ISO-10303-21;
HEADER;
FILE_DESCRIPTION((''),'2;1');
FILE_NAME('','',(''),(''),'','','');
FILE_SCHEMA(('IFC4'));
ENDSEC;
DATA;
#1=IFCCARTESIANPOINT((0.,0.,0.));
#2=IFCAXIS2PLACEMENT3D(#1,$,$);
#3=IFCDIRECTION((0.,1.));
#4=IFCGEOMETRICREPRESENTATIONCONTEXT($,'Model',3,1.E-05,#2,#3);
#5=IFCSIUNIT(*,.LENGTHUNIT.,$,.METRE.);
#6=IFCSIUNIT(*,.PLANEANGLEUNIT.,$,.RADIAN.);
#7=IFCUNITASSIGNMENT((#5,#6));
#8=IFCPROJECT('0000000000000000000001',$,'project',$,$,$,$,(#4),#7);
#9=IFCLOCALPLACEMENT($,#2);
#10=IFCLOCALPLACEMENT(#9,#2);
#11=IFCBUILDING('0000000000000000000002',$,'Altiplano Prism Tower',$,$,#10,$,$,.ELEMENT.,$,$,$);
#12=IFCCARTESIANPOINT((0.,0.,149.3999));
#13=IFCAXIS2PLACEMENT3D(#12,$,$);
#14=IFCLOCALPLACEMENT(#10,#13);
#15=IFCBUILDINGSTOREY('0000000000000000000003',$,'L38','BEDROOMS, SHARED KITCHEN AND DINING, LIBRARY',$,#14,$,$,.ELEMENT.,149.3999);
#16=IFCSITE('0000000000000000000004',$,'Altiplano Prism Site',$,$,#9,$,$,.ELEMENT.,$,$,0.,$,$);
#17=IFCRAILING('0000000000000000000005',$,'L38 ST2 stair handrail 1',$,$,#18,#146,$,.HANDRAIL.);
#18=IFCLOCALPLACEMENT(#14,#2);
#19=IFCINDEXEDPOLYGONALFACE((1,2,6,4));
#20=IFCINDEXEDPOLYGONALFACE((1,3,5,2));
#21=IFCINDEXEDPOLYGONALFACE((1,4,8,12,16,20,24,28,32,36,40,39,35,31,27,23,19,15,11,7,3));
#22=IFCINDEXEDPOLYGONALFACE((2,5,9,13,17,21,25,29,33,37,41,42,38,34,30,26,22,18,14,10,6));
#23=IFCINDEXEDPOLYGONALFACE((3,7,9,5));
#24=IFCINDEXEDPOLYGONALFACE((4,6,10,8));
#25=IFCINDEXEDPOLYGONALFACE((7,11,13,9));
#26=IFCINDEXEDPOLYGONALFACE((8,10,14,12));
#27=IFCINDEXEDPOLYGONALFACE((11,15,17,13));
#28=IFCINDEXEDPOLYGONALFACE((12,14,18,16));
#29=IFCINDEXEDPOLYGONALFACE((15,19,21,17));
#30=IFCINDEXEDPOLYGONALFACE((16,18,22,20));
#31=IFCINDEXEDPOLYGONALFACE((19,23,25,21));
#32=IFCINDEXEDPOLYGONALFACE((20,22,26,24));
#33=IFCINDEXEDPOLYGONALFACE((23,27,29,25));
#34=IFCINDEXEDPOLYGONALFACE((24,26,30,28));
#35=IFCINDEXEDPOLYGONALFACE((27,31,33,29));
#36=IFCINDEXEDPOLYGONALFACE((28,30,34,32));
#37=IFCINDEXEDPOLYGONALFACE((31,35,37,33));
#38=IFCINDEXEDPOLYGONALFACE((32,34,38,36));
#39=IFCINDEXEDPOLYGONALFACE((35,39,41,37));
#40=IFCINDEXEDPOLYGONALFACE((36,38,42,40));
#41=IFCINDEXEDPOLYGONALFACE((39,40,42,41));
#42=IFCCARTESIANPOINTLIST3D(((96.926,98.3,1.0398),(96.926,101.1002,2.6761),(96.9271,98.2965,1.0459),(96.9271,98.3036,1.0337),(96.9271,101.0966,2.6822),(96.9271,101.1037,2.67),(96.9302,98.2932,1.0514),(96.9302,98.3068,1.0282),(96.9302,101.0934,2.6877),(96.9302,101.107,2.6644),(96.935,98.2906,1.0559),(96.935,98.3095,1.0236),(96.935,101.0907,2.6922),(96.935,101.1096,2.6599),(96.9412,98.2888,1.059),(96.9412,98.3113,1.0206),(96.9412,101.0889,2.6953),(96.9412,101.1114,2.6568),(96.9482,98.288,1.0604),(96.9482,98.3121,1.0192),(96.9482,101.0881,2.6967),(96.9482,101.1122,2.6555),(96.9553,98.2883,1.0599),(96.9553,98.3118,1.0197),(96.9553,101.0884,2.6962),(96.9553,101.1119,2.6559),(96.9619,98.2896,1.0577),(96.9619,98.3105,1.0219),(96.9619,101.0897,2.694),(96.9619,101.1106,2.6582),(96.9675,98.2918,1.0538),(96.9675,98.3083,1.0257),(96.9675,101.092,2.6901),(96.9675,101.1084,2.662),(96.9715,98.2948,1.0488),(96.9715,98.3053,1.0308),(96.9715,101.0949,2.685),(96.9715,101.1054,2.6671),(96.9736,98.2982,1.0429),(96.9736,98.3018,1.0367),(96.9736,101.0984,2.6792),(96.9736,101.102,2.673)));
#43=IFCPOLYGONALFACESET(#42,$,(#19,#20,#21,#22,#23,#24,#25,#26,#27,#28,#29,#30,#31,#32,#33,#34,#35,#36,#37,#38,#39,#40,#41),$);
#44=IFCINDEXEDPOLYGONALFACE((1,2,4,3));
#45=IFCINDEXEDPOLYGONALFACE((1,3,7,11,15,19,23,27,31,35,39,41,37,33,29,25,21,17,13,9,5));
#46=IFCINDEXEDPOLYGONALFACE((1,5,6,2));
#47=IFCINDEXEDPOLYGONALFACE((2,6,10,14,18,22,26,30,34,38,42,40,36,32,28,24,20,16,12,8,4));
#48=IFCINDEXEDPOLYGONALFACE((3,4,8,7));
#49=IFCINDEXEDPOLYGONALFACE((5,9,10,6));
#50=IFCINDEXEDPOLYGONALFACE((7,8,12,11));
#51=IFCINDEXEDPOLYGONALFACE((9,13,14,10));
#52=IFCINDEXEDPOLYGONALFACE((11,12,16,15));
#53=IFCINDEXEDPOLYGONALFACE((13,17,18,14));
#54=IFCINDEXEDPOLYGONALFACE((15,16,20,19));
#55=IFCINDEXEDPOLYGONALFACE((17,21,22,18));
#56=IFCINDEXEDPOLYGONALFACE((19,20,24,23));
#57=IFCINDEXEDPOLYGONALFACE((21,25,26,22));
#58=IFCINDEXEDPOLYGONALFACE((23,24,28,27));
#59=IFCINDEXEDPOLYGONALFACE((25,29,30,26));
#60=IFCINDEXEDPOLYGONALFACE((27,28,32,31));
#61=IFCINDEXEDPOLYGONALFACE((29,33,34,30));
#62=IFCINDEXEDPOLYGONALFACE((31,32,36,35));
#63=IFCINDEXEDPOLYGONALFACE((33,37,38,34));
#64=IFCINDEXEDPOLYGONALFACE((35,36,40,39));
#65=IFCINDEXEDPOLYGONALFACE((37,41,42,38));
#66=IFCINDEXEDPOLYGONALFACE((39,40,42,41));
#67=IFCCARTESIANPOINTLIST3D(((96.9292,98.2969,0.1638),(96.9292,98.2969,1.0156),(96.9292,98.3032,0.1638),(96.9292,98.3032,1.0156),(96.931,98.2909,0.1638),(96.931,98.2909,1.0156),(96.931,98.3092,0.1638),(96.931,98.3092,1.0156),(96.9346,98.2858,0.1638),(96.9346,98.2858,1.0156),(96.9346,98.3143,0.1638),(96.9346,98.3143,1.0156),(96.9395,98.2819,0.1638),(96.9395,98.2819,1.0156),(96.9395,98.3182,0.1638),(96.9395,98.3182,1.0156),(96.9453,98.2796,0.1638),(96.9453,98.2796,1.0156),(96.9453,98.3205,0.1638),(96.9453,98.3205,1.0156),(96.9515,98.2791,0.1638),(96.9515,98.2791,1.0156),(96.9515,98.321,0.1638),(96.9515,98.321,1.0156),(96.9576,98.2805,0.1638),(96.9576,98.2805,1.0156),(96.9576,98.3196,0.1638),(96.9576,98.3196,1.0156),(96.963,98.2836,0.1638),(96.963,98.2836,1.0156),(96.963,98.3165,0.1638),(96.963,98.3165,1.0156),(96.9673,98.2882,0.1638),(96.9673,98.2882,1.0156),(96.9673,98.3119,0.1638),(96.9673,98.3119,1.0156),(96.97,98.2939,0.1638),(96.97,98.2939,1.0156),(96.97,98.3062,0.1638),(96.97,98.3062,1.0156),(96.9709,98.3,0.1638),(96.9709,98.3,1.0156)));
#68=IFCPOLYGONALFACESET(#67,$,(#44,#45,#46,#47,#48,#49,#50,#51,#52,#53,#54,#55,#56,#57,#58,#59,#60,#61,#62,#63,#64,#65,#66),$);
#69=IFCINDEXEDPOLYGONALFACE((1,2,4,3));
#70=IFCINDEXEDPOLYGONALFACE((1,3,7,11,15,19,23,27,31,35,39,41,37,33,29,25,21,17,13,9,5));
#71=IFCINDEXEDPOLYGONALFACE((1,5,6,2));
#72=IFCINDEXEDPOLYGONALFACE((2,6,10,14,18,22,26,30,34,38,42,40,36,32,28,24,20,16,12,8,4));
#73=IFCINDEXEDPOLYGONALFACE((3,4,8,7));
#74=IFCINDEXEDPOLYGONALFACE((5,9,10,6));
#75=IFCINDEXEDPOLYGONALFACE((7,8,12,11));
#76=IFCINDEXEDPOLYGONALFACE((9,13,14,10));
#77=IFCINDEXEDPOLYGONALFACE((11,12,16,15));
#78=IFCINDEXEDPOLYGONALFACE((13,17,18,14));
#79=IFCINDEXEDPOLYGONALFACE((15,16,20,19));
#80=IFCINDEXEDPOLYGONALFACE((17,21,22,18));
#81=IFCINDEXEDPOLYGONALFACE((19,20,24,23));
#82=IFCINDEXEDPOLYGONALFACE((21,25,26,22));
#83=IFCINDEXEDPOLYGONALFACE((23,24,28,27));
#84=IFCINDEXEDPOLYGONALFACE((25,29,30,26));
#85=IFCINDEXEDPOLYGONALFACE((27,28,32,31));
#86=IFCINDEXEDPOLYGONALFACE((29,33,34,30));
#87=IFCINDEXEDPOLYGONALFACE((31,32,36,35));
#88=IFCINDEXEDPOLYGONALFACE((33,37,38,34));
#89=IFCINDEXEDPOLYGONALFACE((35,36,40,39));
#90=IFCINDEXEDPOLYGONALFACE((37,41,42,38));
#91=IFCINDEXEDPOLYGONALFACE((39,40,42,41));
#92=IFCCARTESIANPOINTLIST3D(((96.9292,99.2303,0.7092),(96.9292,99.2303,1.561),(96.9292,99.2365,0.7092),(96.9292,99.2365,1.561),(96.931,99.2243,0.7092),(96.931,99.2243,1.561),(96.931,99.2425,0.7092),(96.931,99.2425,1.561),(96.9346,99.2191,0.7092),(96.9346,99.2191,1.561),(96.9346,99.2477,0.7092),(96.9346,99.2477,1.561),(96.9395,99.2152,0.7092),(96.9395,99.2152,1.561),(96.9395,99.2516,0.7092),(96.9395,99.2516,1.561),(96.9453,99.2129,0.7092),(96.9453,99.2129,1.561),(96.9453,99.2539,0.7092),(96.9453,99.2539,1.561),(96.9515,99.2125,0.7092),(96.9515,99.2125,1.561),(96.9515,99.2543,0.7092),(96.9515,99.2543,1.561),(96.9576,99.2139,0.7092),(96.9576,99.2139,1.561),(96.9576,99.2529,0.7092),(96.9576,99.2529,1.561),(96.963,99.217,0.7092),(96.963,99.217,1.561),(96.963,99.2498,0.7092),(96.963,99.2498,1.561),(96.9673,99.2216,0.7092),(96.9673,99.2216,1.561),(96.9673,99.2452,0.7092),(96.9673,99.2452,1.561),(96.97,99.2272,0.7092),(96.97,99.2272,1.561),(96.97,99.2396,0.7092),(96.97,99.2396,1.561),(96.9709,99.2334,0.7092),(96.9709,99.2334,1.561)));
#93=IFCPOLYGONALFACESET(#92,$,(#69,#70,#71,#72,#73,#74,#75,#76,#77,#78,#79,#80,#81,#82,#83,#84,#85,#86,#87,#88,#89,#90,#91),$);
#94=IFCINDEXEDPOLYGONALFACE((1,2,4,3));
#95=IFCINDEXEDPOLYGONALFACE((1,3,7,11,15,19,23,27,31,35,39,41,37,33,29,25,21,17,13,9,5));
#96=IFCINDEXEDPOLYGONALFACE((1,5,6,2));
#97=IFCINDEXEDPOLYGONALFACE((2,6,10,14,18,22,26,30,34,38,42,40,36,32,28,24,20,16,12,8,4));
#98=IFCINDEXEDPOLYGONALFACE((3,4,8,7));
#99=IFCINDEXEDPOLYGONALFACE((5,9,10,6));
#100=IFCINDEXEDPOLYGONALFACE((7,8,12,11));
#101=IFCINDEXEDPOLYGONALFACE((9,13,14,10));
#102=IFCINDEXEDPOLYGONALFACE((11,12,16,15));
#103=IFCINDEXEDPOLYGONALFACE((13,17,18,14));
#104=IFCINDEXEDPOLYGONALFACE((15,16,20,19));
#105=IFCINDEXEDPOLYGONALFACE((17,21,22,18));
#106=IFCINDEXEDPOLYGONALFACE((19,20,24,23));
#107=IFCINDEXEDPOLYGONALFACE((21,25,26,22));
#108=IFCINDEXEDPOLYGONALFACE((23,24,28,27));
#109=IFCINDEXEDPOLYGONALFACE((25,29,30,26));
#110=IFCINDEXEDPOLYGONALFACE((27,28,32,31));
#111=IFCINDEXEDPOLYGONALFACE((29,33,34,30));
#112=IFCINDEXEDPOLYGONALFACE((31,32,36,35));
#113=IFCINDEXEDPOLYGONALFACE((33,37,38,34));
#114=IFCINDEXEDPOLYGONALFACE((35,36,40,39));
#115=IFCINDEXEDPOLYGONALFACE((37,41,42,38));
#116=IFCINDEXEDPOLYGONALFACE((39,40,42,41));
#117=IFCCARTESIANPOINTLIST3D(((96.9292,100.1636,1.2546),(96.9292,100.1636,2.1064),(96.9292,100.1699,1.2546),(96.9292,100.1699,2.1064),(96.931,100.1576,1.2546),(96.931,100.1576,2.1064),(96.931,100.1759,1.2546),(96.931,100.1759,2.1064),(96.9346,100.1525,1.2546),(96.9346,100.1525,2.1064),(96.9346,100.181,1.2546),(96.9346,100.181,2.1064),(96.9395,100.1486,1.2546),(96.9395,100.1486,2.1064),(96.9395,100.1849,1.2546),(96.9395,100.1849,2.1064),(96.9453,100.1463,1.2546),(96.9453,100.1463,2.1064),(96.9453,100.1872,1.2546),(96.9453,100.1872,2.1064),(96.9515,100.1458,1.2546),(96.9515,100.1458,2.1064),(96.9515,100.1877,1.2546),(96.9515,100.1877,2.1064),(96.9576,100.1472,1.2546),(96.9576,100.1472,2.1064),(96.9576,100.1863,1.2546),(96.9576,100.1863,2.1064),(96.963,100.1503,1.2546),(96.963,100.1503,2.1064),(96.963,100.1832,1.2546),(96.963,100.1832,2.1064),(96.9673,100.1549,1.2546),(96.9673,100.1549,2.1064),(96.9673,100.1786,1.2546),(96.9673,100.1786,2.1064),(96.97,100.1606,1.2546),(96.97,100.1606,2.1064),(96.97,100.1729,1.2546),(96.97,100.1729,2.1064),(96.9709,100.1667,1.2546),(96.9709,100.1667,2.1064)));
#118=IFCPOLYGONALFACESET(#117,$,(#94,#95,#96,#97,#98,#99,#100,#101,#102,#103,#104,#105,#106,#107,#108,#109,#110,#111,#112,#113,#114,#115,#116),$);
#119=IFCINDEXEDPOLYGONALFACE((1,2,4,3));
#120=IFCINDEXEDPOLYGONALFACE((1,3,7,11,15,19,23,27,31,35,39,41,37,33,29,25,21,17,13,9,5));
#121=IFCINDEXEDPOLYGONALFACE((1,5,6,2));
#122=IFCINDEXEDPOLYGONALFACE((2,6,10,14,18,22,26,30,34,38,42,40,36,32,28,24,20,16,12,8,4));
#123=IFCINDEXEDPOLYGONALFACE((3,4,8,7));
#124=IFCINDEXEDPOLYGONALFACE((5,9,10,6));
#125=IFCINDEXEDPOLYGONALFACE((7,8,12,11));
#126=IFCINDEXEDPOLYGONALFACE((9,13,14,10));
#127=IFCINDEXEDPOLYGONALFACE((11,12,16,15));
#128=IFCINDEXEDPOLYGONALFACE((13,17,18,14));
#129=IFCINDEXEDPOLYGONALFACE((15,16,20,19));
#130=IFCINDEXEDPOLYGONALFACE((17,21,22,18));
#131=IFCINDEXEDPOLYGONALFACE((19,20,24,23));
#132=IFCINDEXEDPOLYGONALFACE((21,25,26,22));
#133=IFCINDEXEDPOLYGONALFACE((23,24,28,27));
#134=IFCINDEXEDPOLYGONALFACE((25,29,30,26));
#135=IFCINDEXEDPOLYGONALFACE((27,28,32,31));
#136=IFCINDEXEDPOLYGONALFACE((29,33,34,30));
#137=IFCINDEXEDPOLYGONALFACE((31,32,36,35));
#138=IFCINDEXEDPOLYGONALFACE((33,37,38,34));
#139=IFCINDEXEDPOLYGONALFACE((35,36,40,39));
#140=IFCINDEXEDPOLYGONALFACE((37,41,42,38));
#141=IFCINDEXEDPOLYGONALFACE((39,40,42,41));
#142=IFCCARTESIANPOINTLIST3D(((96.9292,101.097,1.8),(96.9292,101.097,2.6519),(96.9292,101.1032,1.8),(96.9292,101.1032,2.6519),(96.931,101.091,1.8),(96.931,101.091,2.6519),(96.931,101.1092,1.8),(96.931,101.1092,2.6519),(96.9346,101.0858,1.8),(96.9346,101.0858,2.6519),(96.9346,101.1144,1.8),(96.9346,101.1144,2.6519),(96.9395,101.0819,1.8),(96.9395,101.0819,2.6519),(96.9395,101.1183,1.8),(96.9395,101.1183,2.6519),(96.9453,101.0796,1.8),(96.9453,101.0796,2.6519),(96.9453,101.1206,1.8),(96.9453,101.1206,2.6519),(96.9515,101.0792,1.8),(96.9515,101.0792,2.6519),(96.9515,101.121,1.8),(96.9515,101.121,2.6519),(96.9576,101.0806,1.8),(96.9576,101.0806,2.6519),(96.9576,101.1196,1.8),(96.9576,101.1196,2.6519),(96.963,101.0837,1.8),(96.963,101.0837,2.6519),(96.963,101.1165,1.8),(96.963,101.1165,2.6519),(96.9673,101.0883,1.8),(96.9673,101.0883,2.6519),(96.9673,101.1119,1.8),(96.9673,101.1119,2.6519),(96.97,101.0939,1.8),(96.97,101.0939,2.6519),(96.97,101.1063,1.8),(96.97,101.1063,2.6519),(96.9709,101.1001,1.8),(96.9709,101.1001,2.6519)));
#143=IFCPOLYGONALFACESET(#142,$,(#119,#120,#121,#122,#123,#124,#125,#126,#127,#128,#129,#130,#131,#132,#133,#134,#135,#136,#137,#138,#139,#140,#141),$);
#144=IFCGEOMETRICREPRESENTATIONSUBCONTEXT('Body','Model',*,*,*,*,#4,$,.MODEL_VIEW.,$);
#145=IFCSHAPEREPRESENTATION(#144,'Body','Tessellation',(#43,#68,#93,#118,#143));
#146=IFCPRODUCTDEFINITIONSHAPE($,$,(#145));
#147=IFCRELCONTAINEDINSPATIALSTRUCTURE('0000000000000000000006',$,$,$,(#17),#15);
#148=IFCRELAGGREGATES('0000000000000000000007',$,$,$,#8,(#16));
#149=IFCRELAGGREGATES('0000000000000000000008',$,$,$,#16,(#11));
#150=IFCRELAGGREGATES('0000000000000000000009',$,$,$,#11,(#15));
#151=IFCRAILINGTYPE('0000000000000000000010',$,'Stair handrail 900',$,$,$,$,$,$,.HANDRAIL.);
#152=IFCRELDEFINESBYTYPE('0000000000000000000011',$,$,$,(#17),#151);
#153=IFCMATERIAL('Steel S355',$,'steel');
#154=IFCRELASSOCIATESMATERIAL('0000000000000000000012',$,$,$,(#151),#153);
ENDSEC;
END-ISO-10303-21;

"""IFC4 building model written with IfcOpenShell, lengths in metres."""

from ifc_helpers import new_model, si_unit, direction, frame, origin, origin_2d, place, context, subcontext, project, spatial, circle, extrude, material, type_object, element, save


model = new_model("IFC4")

# Units and contexts
model_context = context("Model", 3, precision=1e-05, world=origin(), true_north=direction((0.0, 1.0)))
body_context = subcontext(model_context, "Body", "Model", "MODEL_VIEW")
ifc_project = project(units=[si_unit("LENGTHUNIT", "METRE"), si_unit("PLANEANGLEUNIT", "RADIAN")], contexts=[model_context])

# Site, building, storey
site_placement = place(None, origin())
site = spatial("IfcSite", under=ifc_project, at=site_placement, Name="Altiplano Prism Site", CompositionType="ELEMENT", RefElevation=0.0)
building_placement = place(site_placement, origin())
building = spatial("IfcBuilding", under=site, at=building_placement, Name="Altiplano Prism Tower", CompositionType="ELEMENT")
storey_placement = place(building_placement, frame((0.0, 0.0, 149.3999)))
storey = spatial("IfcBuildingStorey", under=building, at=storey_placement, Name="L38", Description="BEDROOMS, SHARED KITCHEN AND DINING, LIBRARY", CompositionType="ELEMENT", Elevation=149.3999)

# Railing
ifc_material_1 = material(Name="Steel S355", Category="steel")
railing_type_1 = type_object("IfcRailingType", Name="Stair handrail 900", PredefinedType="HANDRAIL", material=ifc_material_1)
railing_1_placement = place(storey_placement, frame((96.95, 98.3, 0.1638)))
element("IfcRailing", 1, at=railing_1_placement, inside=storey, type_object=railing_type_1, Name="L38 ST2 stair handrail 1", PredefinedType="HANDRAIL", context=body_context, shape_type="SweptSolid", body=[
    extrude(circle(Radius=0.0239, at=origin_2d()), frame((0.0, 0.0, 0.876), z_axis=(0.0, 0.863394, 0.504531), x_axis=(-1.0, 0.0, 0.0)), (0.0, 0.0, 1.0), 3.2432),
    extrude(circle(Radius=0.021, at=origin_2d()), origin(), (0.0, 0.0, 1.0), 0.8518),
    extrude(circle(Radius=0.021, at=origin_2d()), frame((0.0, 0.9333, 0.5454)), (0.0, 0.0, 1.0), 0.8518),
    extrude(circle(Radius=0.021, at=origin_2d()), frame((0.0, 1.8667, 1.0908)), (0.0, 0.0, 1.0), 0.8518),
    extrude(circle(Radius=0.021, at=origin_2d()), frame((0.0, 2.8, 1.6362)), (0.0, 0.0, 1.0), 0.8518),
])

save(model, "model.ifc")
